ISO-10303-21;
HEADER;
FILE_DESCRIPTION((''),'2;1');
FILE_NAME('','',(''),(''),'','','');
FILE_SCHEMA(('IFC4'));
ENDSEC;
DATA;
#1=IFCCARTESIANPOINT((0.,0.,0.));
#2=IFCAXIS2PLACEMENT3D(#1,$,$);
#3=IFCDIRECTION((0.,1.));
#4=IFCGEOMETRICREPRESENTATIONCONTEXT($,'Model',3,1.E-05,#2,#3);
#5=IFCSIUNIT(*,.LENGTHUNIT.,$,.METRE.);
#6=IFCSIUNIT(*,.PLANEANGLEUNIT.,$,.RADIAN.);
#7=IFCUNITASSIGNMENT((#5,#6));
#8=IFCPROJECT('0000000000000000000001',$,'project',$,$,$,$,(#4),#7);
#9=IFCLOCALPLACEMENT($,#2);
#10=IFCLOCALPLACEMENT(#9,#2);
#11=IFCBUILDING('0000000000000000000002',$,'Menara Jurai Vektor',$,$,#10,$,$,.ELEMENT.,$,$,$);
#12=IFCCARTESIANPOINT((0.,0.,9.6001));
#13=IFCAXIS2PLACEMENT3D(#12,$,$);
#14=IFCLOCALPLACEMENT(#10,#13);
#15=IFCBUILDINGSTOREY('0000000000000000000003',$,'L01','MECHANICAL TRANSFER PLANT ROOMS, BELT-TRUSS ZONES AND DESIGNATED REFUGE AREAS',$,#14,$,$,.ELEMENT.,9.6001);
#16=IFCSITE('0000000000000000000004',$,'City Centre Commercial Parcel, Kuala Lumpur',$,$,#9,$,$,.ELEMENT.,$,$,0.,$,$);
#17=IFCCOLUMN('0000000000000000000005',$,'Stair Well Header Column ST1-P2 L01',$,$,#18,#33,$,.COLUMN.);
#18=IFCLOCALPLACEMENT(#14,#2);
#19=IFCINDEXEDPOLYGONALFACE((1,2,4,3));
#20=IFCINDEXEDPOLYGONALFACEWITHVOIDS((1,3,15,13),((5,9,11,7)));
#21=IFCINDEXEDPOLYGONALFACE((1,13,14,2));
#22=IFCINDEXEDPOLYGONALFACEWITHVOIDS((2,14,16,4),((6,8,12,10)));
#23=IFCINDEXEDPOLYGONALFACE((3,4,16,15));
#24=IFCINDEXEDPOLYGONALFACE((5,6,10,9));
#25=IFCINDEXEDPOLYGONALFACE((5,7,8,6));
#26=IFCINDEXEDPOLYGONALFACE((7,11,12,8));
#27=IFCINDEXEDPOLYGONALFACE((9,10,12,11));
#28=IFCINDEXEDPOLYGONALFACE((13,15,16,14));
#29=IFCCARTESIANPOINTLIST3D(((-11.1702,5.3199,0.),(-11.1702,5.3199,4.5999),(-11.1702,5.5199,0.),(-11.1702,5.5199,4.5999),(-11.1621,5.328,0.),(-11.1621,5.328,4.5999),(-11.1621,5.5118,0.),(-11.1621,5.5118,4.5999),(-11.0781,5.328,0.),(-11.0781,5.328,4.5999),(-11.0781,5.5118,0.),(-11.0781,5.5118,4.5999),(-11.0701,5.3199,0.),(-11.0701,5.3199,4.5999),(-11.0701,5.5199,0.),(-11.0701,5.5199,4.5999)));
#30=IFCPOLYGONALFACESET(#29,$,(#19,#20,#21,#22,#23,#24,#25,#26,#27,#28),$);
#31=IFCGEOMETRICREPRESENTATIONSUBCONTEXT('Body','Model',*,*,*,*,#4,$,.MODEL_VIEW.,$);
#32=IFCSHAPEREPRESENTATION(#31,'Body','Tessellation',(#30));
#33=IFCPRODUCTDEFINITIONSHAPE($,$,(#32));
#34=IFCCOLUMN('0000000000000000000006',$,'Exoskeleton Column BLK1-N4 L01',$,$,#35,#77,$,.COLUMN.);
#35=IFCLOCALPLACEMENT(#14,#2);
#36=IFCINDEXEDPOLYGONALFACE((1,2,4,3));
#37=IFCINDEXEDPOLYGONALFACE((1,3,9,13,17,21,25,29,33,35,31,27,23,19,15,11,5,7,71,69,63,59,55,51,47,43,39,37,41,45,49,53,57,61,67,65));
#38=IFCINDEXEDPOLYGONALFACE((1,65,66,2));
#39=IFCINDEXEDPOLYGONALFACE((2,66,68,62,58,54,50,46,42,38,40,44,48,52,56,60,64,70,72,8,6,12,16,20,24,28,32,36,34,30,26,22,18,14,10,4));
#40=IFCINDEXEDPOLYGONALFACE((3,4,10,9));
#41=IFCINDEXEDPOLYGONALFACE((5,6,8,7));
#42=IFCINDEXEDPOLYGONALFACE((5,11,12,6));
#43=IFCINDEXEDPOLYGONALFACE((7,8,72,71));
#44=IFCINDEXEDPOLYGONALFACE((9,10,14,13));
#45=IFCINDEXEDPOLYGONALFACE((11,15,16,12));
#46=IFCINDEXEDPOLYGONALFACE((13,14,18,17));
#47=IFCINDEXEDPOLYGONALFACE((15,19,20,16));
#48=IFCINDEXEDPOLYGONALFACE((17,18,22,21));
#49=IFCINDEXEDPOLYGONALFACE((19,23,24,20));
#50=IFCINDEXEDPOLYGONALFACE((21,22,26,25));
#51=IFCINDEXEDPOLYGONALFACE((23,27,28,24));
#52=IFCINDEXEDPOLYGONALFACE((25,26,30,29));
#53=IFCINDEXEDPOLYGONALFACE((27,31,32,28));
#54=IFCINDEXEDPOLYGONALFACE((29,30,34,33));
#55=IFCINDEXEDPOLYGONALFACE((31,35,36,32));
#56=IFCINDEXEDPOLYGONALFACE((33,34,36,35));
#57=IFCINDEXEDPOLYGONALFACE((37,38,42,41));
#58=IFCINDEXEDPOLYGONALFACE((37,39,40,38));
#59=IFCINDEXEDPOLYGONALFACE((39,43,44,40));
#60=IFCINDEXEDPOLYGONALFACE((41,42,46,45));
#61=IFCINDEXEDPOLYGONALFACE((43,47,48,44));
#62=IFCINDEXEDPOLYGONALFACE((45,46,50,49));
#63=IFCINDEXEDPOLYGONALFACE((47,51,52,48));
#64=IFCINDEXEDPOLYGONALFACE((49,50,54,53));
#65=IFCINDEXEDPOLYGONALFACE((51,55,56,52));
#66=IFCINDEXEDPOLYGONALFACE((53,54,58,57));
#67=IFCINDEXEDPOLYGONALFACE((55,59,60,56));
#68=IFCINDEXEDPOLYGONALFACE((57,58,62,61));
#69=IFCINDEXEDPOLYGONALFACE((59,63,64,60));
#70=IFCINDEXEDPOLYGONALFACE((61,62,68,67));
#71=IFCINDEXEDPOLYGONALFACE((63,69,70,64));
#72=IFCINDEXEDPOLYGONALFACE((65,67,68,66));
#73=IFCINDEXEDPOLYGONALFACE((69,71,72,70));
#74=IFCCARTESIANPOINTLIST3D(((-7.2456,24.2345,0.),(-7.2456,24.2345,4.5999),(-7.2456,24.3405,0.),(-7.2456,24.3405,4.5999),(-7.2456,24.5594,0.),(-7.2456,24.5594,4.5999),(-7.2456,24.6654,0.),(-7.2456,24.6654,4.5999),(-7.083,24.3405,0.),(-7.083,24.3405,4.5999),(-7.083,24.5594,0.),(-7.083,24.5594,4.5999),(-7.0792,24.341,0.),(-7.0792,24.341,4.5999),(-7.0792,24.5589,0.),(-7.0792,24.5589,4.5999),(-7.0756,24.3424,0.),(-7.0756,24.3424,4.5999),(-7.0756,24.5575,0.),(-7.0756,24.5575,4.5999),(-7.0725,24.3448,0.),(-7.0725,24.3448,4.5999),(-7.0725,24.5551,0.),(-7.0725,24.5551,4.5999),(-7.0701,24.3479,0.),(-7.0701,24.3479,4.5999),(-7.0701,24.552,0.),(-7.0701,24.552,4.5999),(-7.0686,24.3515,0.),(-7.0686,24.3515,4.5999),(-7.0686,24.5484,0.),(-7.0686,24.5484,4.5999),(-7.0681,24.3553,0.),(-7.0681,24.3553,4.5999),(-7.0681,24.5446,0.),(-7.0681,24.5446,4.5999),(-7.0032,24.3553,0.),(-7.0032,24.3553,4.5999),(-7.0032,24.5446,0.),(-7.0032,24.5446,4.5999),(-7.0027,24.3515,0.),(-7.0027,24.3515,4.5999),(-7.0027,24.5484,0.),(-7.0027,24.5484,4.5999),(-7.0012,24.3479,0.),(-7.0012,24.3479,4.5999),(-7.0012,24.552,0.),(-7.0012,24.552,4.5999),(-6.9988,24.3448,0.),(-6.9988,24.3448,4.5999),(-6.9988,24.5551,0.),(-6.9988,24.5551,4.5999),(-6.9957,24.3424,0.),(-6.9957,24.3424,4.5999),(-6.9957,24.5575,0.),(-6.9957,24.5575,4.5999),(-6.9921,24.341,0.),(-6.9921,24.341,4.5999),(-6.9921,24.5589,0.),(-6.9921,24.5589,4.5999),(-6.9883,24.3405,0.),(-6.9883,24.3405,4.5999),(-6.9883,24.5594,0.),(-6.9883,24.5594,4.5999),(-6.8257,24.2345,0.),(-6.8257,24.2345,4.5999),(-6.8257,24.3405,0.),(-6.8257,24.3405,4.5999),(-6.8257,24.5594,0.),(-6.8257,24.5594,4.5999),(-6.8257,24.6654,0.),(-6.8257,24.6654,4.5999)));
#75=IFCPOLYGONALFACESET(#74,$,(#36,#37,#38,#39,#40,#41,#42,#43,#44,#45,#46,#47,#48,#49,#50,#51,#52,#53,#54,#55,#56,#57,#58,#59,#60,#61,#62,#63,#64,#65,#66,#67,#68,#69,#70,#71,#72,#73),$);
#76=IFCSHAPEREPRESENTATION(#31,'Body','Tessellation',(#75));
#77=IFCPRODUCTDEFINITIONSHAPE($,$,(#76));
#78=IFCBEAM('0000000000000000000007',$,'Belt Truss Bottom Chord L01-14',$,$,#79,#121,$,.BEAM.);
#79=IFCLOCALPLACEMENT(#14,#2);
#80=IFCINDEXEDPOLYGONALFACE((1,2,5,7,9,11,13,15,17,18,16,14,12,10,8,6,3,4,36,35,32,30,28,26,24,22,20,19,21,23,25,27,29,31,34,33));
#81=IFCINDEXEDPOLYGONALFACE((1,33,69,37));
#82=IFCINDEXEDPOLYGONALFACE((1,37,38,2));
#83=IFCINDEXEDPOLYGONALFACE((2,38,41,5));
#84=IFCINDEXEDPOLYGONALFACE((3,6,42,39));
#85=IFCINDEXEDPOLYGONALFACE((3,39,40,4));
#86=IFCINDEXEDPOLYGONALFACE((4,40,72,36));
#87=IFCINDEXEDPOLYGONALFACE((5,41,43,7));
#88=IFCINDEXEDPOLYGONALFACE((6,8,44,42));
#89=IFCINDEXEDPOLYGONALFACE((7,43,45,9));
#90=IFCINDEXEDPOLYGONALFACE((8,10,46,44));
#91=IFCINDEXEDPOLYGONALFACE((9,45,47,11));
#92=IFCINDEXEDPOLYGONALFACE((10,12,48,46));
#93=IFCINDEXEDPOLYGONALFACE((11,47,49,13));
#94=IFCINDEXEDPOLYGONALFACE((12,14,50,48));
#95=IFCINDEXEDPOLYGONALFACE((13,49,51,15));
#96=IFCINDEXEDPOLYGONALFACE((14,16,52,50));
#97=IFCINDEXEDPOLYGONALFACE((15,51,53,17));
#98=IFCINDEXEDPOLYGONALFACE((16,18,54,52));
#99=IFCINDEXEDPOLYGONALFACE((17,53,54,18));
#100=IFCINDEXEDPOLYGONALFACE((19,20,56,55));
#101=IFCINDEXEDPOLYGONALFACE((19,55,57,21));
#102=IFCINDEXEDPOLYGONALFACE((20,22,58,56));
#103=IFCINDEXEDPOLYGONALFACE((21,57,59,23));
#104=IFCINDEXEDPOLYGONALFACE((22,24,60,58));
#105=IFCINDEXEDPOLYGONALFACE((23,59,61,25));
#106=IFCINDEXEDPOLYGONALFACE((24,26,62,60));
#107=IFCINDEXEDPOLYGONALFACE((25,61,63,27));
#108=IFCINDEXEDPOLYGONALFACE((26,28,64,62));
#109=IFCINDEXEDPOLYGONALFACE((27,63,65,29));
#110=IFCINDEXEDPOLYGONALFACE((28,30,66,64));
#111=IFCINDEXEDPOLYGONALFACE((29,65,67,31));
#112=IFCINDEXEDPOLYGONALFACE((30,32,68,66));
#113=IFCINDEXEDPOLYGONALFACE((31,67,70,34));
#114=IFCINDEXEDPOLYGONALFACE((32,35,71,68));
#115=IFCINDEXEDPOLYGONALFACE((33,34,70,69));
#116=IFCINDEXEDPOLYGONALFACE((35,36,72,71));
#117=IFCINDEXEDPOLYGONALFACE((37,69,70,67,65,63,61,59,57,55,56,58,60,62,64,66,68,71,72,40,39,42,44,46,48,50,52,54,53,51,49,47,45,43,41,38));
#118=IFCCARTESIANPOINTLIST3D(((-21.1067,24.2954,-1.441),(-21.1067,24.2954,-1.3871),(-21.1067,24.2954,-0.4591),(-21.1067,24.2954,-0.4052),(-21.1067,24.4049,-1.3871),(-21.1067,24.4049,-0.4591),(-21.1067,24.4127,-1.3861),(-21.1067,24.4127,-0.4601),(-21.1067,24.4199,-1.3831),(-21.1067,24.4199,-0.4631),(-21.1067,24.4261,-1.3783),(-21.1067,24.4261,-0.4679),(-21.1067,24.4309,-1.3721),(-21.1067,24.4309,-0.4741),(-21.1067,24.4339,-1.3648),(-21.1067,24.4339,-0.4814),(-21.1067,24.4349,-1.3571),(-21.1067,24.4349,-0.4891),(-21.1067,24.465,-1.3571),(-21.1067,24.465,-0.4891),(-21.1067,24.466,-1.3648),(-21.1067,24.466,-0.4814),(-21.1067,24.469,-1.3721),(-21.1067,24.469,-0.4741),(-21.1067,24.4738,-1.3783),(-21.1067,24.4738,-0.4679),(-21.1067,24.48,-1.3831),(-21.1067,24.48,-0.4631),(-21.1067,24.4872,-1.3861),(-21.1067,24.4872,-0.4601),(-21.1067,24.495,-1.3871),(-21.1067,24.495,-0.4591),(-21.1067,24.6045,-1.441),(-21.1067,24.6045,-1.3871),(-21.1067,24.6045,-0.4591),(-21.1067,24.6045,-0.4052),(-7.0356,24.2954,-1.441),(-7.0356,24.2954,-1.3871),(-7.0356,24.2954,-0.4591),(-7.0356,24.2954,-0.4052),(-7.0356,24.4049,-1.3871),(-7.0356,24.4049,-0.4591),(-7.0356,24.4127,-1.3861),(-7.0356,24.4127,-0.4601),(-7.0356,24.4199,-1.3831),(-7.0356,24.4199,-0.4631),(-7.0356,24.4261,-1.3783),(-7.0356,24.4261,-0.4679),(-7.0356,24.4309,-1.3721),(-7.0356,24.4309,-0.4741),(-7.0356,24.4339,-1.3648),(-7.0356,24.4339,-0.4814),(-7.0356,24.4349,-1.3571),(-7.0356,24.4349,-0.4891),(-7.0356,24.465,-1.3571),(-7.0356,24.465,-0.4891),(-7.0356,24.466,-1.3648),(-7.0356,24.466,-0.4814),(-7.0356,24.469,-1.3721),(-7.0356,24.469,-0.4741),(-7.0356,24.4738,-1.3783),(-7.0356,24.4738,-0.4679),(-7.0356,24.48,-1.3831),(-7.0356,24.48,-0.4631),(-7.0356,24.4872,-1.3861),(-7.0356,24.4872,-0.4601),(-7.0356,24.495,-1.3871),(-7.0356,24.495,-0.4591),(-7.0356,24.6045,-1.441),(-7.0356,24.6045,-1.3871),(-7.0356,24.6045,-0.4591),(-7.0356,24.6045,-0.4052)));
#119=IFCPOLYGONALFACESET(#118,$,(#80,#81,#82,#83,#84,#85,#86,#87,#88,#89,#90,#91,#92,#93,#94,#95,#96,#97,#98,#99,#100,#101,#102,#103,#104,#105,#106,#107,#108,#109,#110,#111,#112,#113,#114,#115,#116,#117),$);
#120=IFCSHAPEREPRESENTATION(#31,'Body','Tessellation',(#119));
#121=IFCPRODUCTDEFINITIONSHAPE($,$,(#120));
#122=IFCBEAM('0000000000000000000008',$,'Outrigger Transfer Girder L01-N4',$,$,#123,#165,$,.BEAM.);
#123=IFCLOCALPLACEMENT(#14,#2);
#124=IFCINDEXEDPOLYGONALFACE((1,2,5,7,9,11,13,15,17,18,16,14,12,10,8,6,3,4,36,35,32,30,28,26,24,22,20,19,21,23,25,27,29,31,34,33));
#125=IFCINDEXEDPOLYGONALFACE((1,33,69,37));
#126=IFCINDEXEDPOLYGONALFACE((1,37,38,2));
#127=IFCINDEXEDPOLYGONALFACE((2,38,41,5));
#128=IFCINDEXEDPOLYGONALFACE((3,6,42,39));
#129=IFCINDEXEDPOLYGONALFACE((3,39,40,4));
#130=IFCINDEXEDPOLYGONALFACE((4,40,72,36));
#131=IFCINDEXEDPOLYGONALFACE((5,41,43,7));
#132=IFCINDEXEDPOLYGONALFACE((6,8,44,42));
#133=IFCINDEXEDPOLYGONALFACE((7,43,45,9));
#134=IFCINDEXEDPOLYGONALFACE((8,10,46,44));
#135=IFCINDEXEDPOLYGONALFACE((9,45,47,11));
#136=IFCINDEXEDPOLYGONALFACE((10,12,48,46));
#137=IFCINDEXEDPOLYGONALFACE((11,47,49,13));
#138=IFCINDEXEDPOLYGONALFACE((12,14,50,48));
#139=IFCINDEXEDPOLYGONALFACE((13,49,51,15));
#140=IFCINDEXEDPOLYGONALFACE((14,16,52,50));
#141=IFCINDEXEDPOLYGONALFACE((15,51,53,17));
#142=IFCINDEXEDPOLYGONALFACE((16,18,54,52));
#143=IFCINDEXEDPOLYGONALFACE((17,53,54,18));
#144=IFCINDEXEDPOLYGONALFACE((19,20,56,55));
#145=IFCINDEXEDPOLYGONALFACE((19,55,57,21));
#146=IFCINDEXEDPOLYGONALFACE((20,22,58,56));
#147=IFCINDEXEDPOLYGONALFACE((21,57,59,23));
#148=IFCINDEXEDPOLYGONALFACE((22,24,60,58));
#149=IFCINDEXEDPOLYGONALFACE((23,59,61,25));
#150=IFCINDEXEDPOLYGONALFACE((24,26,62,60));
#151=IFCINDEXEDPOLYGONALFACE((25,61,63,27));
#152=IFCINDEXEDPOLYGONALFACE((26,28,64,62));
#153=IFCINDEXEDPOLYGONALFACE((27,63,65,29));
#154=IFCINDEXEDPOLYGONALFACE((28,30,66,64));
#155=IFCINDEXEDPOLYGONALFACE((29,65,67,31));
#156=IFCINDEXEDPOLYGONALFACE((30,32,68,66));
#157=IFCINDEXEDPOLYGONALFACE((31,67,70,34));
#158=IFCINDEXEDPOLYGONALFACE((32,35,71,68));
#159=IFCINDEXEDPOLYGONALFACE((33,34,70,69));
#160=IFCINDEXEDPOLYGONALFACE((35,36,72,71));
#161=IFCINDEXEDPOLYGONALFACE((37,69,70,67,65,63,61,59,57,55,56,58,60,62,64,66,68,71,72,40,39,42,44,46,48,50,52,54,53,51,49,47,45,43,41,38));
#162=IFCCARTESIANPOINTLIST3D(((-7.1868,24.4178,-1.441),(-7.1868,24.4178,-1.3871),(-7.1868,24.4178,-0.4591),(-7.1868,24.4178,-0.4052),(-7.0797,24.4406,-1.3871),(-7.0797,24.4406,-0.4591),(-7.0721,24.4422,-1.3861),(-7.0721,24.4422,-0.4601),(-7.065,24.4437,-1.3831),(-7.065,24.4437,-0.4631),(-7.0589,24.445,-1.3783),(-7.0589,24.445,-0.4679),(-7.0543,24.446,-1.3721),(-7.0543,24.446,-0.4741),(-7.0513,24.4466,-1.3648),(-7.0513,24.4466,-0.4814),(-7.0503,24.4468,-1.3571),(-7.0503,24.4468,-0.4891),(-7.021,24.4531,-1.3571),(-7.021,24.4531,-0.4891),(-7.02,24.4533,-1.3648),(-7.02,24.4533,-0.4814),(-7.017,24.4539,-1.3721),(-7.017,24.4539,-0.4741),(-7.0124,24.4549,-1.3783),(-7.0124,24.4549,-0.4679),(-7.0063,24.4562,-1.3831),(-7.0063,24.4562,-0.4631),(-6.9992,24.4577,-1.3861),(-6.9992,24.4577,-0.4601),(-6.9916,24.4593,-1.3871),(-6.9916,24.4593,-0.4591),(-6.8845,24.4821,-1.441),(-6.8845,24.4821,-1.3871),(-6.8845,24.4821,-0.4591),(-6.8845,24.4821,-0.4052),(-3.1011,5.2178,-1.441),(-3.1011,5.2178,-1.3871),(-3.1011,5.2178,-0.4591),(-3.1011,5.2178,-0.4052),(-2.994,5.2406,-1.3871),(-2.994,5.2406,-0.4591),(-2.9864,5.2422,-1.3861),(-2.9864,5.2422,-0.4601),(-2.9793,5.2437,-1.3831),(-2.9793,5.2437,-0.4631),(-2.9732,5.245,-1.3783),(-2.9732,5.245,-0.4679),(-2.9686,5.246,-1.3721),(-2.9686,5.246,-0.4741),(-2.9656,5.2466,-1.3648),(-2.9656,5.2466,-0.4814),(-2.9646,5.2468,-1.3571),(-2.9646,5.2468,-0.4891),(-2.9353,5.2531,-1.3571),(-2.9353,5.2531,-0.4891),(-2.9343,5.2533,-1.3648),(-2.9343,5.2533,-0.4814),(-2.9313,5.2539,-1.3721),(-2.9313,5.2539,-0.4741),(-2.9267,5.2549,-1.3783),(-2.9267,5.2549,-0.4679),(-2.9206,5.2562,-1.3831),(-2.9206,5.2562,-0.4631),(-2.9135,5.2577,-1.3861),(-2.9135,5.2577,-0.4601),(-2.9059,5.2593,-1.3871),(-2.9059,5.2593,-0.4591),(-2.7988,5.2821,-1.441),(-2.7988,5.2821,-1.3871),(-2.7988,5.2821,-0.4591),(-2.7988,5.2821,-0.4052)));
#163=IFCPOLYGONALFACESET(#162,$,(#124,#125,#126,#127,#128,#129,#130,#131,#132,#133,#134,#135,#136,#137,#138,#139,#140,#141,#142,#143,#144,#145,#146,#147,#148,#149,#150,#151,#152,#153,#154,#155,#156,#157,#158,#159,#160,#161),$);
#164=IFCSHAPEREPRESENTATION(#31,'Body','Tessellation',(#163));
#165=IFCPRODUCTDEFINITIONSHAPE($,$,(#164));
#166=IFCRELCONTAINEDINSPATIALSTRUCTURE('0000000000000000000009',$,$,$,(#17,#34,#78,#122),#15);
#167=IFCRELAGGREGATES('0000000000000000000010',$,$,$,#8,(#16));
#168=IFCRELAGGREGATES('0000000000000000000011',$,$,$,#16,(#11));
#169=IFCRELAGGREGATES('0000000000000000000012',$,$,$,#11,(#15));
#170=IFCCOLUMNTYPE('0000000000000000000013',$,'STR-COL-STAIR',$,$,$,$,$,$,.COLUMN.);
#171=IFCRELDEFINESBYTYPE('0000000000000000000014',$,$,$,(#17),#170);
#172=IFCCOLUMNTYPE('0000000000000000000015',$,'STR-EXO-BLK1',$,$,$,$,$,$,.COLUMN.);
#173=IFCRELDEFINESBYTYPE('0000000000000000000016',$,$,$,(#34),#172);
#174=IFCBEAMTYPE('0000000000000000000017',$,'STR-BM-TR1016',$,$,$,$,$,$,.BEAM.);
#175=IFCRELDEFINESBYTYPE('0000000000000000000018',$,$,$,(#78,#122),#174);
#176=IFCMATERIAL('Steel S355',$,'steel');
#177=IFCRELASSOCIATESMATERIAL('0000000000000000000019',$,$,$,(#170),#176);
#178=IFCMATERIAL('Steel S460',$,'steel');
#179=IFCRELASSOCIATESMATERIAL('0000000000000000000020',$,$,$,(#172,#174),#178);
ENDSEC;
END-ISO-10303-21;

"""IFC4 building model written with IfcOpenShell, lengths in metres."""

from ifc_helpers import new_model, si_unit, direction, frame, origin, origin_2d, place, context, subcontext, project, spatial, hollow_rectangle, i_section, extrude, material, material_profile, profile_set, type_object, element, save


model = new_model("IFC4")

# Units and contexts
model_context = context("Model", 3, precision=1e-05, world=origin(), true_north=direction((0.0, 1.0)))
body_context = subcontext(model_context, "Body", "Model", "MODEL_VIEW")
ifc_project = project(units=[si_unit("LENGTHUNIT", "METRE"), si_unit("PLANEANGLEUNIT", "RADIAN")], contexts=[model_context])

# Site, building, storey
site_placement = place(None, origin())
site = spatial("IfcSite", under=ifc_project, at=site_placement, Name="City Centre Commercial Parcel, Kuala Lumpur", CompositionType="ELEMENT", RefElevation=0.0)
building_placement = place(site_placement, origin())
building = spatial("IfcBuilding", under=site, at=building_placement, Name="Menara Jurai Vektor", CompositionType="ELEMENT")
storey_placement = place(building_placement, frame((0.0, 0.0, 9.6001)))
storey = spatial("IfcBuildingStorey", under=building, at=storey_placement, Name="L01", Description="MECHANICAL TRANSFER PLANT ROOMS, BELT-TRUSS ZONES AND DESIGNATED REFUGE AREAS", CompositionType="ELEMENT", Elevation=9.6001)

# Columns
ifc_material_1 = material(Name="Steel S355", Category="steel")
ifc_material_profile_1 = material_profile(ifc_material_1, hollow_rectangle(XDim=0.1001, YDim=0.2, WallThickness=0.0081, at=origin_2d()), Name="RHS 200x100x8")
ifc_profile_set_1 = profile_set([ifc_material_profile_1], Name="Steel S355")
column_type_1 = type_object("IfcColumnType", Name="STR-COL-STAIR", PredefinedType="COLUMN", material=ifc_profile_set_1)
column_1_placement = place(storey_placement, frame((-11.1201, 5.4199, 0.0), z_axis=(0.0, 0.0, 1.0), x_axis=(1.0, 0.0, 0.0)))
element("IfcColumn", 1, at=column_1_placement, inside=storey, type_object=column_type_1, Name="Stair Well Header Column ST1-P2 L01", PredefinedType="COLUMN", context=body_context, shape_type="SweptSolid", body=[
    extrude(hollow_rectangle(XDim=0.1001, YDim=0.2, WallThickness=0.0081, at=origin_2d()), origin(), (0.0, 0.0, 1.0), 4.5999),
])
ifc_material_2 = material(Name="Steel S460", Category="steel")
ifc_material_profile_2 = material_profile(ifc_material_2, i_section(OverallWidth=0.4199, OverallDepth=0.4309, WebThickness=0.0649, FlangeThickness=0.106, FilletRadius=0.0149, at=origin_2d()), Name="HD 400x900")
ifc_profile_set_2 = profile_set([ifc_material_profile_2], Name="Steel S460")
column_type_2 = type_object("IfcColumnType", Name="STR-EXO-BLK1", PredefinedType="COLUMN", material=ifc_profile_set_2)
column_2_placement = place(storey_placement, frame((-7.0356, 24.45, 0.0), z_axis=(0.0, 0.0, 1.0), x_axis=(1.0, 0.0, 0.0)))
element("IfcColumn", 2, at=column_2_placement, inside=storey, type_object=column_type_2, Name="Exoskeleton Column BLK1-N4 L01", PredefinedType="COLUMN", context=body_context, shape_type="SweptSolid", body=[
    extrude(i_section(OverallWidth=0.4199, OverallDepth=0.4309, WebThickness=0.0649, FlangeThickness=0.106, FilletRadius=0.0149, at=origin_2d()), origin(), (0.0, 0.0, 1.0), 4.5999),
])

# Beams
ifc_material_profile_3 = material_profile(ifc_material_2, i_section(OverallWidth=0.3091, OverallDepth=1.0359, WebThickness=0.03, FlangeThickness=0.054, FilletRadius=0.03, at=origin_2d()), Name="UKB 1016x305x487")
ifc_profile_set_3 = profile_set([ifc_material_profile_3], Name="Steel S460")
beam_type_1 = type_object("IfcBeamType", Name="STR-BM-TR1016", PredefinedType="BEAM", material=ifc_profile_set_3)
beam_1_placement = place(storey_placement, frame((-7.0356, 24.45, -0.9231), z_axis=(-1.0, 0.0, 0.0), x_axis=(0.0, -1.0, 0.0)))
element("IfcBeam", 3, at=beam_1_placement, inside=storey, type_object=beam_type_1, Name="Belt Truss Bottom Chord L01-14", PredefinedType="BEAM", context=body_context, shape_type="SweptSolid", body=[
    extrude(i_section(OverallWidth=0.3091, OverallDepth=1.0359, WebThickness=0.03, FlangeThickness=0.054, FilletRadius=0.03, at=origin_2d()), origin(), (0.0, 0.0, 1.0), 14.071),
])
beam_2_placement = place(storey_placement, frame((-7.0356, 24.45, -0.9231), z_axis=(0.208137, -0.9781, 0.0), x_axis=(0.9781, 0.208137, 0.0)))
element("IfcBeam", 4, at=beam_2_placement, inside=storey, type_object=beam_type_1, Name="Outrigger Transfer Girder L01-N4", PredefinedType="BEAM", context=body_context, shape_type="SweptSolid", body=[
    extrude(i_section(OverallWidth=0.3091, OverallDepth=1.0359, WebThickness=0.03, FlangeThickness=0.054, FilletRadius=0.03, at=origin_2d()), origin(), (0.0, 0.0, 1.0), 19.6299),
])

save(model, "model.ifc")
